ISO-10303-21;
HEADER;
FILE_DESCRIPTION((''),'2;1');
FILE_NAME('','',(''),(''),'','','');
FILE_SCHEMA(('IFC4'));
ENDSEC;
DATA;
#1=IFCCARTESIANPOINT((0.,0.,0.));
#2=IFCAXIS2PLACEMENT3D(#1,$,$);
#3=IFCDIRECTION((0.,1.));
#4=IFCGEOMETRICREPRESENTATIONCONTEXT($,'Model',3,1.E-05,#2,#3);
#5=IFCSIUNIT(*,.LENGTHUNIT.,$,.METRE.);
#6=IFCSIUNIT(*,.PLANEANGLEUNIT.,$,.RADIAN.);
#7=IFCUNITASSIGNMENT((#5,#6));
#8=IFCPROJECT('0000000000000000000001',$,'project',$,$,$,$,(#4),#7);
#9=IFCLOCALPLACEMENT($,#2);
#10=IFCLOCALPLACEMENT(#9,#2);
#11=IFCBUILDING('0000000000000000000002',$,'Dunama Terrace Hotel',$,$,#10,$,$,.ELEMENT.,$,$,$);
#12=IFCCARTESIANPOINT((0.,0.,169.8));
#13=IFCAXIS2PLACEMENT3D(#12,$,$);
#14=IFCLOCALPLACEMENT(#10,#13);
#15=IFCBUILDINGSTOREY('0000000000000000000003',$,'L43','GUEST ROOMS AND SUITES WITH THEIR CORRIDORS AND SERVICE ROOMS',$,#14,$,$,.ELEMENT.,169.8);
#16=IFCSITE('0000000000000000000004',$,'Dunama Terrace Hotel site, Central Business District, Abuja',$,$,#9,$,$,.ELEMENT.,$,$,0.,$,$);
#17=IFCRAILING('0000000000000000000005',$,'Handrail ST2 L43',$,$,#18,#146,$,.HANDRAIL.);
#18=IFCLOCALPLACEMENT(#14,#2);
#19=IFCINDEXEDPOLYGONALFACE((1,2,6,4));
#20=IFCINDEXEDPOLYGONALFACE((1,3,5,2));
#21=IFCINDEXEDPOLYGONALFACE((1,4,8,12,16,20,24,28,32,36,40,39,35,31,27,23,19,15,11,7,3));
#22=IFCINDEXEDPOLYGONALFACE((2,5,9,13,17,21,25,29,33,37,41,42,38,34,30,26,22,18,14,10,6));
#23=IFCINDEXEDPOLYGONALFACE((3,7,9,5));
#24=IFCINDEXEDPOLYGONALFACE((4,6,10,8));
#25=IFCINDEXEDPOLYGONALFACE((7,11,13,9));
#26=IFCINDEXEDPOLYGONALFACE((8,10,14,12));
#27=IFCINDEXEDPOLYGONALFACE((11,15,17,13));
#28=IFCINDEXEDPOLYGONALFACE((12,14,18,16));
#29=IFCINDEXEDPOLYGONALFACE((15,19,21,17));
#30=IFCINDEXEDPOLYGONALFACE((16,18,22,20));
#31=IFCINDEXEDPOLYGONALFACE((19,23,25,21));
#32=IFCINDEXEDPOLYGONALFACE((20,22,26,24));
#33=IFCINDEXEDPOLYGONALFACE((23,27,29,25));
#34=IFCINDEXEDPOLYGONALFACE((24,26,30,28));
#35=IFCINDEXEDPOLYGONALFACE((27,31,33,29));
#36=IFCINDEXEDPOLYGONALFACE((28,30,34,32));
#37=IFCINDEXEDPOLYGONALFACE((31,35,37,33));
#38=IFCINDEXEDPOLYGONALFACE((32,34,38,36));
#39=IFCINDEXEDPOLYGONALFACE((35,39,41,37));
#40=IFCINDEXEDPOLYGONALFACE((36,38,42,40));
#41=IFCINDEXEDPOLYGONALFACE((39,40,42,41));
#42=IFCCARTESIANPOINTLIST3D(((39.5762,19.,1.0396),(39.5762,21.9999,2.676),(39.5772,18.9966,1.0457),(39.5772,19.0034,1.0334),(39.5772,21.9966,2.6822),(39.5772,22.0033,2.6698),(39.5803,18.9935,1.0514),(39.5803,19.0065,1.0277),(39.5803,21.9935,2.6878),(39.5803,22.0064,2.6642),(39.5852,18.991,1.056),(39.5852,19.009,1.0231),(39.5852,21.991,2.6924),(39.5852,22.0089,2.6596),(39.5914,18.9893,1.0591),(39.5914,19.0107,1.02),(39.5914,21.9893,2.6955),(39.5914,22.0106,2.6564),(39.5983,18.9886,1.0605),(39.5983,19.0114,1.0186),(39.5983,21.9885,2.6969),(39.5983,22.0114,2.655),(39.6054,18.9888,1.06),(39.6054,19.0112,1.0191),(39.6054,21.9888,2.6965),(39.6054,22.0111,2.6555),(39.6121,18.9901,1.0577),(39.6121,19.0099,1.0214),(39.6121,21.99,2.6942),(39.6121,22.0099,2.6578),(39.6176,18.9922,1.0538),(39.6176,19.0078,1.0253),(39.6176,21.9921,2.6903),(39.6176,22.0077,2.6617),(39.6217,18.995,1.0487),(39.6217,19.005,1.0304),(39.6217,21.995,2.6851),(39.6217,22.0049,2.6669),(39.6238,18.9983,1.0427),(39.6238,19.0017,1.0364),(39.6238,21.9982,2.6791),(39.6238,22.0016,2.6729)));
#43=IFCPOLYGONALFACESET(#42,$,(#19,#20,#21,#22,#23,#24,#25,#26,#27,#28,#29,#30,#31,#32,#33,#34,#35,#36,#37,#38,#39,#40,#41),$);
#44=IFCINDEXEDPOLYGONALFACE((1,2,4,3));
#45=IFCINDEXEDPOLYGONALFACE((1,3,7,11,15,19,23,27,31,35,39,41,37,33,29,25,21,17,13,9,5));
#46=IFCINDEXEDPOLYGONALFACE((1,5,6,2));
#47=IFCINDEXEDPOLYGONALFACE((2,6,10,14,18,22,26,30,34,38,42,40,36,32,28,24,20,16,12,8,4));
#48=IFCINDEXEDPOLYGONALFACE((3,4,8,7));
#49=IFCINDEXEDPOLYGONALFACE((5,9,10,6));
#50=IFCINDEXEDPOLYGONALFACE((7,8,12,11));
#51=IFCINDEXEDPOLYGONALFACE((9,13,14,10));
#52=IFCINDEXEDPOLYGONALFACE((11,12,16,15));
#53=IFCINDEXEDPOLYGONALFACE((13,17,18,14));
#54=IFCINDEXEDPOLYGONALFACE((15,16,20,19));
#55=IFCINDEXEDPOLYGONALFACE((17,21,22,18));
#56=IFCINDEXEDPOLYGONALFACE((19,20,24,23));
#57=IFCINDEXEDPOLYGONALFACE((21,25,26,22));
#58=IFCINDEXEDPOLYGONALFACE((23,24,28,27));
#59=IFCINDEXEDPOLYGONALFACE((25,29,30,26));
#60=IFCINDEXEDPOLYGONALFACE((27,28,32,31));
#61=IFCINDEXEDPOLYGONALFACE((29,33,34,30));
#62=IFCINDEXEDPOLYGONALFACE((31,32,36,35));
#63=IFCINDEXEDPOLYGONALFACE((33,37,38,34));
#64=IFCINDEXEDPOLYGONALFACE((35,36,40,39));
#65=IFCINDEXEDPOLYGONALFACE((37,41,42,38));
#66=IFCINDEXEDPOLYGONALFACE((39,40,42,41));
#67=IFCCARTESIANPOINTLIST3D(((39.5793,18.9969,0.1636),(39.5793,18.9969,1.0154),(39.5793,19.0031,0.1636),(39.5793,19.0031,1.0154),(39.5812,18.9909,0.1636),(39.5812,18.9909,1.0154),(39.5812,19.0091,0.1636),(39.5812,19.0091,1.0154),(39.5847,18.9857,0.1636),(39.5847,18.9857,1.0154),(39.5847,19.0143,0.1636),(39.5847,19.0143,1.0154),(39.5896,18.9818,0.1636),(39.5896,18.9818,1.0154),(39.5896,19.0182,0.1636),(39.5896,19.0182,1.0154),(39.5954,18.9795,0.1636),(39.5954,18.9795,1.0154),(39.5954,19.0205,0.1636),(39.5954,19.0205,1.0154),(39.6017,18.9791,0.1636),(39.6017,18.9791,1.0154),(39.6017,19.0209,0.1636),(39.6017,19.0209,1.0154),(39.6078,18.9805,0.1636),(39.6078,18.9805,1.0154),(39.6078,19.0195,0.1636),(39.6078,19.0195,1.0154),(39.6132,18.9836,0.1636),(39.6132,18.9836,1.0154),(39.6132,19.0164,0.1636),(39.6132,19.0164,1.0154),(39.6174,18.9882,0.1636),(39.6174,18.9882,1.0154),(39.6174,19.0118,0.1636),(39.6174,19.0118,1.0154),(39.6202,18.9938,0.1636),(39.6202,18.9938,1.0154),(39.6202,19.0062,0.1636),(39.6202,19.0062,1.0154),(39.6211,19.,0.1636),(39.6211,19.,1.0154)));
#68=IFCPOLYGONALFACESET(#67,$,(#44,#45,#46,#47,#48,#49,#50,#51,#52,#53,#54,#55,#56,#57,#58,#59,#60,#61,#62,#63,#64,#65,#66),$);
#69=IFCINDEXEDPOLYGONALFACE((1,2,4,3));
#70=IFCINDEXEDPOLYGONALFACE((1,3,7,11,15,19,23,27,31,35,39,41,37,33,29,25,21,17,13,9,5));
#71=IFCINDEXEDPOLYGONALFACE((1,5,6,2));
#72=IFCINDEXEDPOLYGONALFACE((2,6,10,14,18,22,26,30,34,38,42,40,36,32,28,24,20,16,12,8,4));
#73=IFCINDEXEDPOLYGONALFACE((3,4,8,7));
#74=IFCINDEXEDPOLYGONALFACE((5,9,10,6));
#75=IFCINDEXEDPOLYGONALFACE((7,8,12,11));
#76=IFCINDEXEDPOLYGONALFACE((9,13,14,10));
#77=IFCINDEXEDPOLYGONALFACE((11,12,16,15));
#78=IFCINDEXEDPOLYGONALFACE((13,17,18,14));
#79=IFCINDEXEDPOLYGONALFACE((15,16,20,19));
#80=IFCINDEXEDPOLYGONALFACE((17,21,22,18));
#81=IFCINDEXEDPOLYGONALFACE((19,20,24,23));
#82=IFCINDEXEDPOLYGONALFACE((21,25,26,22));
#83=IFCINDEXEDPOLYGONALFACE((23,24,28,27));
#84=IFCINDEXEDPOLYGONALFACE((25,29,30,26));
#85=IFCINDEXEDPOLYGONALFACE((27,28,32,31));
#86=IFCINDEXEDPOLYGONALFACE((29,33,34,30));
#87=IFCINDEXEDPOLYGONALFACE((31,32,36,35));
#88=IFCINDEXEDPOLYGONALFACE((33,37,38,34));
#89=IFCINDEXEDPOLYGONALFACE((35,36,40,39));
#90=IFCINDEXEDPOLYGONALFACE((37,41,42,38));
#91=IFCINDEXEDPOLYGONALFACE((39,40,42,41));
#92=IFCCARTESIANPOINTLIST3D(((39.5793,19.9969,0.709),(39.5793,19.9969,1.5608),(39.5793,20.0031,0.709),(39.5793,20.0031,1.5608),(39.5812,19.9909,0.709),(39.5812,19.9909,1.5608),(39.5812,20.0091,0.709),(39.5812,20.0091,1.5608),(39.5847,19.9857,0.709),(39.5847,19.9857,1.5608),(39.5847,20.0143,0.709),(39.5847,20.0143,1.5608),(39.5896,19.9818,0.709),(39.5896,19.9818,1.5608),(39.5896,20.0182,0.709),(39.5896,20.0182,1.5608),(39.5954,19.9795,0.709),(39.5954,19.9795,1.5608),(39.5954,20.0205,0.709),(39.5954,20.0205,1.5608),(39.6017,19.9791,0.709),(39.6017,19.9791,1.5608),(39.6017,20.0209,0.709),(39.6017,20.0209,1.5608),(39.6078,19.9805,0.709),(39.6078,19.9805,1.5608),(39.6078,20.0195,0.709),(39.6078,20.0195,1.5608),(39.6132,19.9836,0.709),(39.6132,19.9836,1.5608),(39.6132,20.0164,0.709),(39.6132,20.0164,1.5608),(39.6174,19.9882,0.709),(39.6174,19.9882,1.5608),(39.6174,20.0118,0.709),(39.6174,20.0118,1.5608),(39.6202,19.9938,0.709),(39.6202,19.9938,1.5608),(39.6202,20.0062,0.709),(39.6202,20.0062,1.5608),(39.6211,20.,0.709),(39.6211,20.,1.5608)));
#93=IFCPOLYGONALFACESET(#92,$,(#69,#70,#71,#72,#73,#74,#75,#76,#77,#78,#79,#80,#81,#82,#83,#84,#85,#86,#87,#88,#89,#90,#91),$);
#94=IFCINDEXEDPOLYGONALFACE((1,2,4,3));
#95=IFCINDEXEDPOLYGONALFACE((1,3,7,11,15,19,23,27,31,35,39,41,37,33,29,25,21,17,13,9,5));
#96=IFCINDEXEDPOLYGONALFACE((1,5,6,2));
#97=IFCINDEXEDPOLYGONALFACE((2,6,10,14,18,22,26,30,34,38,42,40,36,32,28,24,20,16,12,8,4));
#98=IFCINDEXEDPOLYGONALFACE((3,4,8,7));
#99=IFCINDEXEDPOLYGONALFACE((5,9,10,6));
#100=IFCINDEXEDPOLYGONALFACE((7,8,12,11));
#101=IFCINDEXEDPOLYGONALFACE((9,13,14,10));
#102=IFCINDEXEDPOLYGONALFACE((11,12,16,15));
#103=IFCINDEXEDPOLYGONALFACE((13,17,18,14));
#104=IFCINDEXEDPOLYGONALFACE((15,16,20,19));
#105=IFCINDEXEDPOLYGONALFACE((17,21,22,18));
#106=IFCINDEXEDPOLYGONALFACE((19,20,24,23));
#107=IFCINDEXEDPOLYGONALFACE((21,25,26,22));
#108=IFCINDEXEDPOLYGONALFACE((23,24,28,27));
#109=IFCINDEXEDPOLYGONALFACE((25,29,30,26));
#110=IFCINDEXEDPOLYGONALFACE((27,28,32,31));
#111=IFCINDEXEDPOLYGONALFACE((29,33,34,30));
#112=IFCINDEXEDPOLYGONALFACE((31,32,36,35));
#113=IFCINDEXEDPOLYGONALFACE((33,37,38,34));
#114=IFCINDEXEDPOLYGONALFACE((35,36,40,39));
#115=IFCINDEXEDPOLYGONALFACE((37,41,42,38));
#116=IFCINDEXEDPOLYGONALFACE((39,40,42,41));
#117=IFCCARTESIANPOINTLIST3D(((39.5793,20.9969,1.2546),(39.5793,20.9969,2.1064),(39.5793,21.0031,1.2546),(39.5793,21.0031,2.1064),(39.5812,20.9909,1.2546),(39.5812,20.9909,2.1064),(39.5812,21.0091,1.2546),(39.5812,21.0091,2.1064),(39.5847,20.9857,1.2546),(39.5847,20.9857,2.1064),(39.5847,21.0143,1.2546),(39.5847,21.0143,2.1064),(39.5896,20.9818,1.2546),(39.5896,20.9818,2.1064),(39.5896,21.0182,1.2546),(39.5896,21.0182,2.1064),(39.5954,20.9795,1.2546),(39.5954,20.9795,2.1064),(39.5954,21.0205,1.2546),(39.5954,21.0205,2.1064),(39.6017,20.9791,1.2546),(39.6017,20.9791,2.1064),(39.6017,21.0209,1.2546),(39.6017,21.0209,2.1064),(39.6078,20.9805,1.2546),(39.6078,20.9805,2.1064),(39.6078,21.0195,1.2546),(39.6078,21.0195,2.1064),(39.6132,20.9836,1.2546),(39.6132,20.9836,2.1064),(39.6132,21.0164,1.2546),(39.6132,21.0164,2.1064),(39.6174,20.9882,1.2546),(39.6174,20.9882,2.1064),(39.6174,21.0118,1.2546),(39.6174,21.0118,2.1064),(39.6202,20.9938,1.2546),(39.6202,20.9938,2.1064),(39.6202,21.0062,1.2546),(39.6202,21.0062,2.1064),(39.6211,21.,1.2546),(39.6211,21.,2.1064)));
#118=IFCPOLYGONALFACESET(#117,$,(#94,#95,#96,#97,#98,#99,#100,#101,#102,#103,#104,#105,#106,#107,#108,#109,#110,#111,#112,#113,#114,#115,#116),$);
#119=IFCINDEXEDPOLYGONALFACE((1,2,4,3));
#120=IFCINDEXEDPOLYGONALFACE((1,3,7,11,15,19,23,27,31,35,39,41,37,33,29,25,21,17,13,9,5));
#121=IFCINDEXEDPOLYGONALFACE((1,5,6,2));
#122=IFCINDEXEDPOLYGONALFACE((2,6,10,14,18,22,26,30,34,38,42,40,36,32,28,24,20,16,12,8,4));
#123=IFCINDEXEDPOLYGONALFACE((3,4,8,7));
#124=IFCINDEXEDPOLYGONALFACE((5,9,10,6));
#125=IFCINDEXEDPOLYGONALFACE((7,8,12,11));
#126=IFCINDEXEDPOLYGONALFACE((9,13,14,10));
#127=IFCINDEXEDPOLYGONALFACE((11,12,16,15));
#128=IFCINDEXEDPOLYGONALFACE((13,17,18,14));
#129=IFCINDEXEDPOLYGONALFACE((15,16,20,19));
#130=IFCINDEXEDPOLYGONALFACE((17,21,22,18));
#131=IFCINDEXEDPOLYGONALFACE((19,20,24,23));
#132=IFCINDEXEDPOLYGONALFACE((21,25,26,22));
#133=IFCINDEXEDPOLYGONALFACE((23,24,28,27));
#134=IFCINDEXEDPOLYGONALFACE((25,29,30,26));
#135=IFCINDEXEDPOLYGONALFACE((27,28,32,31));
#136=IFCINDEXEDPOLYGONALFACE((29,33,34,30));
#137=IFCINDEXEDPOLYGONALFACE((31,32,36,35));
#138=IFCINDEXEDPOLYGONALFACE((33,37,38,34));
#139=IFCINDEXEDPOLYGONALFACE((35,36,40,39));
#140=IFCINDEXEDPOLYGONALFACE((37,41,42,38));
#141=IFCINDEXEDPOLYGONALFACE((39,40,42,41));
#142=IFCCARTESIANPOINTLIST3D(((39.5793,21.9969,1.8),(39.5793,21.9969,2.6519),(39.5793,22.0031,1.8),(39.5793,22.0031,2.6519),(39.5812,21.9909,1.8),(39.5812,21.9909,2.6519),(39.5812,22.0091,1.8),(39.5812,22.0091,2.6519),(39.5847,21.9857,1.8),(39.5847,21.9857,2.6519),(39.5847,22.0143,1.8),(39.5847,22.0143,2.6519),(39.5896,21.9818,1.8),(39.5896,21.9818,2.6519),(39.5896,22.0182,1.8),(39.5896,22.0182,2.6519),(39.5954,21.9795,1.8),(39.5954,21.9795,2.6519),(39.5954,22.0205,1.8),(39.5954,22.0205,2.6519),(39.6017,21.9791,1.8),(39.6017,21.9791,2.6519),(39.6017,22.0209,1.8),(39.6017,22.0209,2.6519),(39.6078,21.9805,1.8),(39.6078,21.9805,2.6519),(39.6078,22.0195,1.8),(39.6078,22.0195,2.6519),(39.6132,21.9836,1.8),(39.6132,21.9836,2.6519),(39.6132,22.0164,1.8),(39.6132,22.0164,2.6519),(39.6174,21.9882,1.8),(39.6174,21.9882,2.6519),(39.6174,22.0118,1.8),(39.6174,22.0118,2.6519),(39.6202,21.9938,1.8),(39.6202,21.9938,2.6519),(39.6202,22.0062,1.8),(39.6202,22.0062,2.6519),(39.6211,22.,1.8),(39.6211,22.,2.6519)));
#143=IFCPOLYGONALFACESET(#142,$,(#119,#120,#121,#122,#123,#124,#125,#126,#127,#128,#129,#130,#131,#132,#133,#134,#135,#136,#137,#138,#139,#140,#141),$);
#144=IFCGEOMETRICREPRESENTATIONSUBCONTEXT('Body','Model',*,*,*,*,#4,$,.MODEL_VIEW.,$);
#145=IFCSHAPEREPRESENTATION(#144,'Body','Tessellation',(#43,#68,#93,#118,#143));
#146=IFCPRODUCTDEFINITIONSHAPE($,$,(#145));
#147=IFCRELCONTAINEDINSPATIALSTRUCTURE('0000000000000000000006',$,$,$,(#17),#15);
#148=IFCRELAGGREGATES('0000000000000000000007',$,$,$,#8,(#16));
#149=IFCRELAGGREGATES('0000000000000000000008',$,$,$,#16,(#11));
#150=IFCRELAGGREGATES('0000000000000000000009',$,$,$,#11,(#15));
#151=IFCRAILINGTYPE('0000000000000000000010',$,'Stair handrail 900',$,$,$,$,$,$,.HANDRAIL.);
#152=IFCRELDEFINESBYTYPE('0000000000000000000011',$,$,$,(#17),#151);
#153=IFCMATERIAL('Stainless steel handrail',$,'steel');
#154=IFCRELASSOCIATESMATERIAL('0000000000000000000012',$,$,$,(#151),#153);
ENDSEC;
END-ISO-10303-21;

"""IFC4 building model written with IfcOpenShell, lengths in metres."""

from ifc_helpers import new_model, si_unit, direction, frame, origin, origin_2d, place, context, subcontext, project, spatial, circle, extrude, material, type_object, element, save


model = new_model("IFC4")

# Units and contexts
model_context = context("Model", 3, precision=1e-05, world=origin(), true_north=direction((0.0, 1.0)))
body_context = subcontext(model_context, "Body", "Model", "MODEL_VIEW")
ifc_project = project(units=[si_unit("LENGTHUNIT", "METRE"), si_unit("PLANEANGLEUNIT", "RADIAN")], contexts=[model_context])

# Site, building, storey
site_placement = place(None, origin())
site = spatial("IfcSite", under=ifc_project, at=site_placement, Name="Dunama Terrace Hotel site, Central Business District, Abuja", CompositionType="ELEMENT", RefElevation=0.0)
building_placement = place(site_placement, origin())
building = spatial("IfcBuilding", under=site, at=building_placement, Name="Dunama Terrace Hotel", CompositionType="ELEMENT")
storey_placement = place(building_placement, frame((0.0, 0.0, 169.8)))
storey = spatial("IfcBuildingStorey", under=building, at=storey_placement, Name="L43", Description="GUEST ROOMS AND SUITES WITH THEIR CORRIDORS AND SERVICE ROOMS", CompositionType="ELEMENT", Elevation=169.8)

# Railing
ifc_material_1 = material(Name="Stainless steel handrail", Category="steel")
railing_type_1 = type_object("IfcRailingType", Name="Stair handrail 900", PredefinedType="HANDRAIL", material=ifc_material_1)
railing_1_placement = place(storey_placement, frame((39.6001, 19.0, 0.1636)))
element("IfcRailing", 1, at=railing_1_placement, inside=storey, type_object=railing_type_1, Name="Handrail ST2 L43", PredefinedType="HANDRAIL", context=body_context, shape_type="SweptSolid", body=[
    extrude(circle(Radius=0.0239, at=origin_2d()), frame((0.0, 0.0, 0.876), z_axis=(0.0, 0.877882, 0.478877), x_axis=(-1.0, 0.0, 0.0)), (0.0, 0.0, 1.0), 3.4172),
    extrude(circle(Radius=0.021, at=origin_2d()), origin(), (0.0, 0.0, 1.0), 0.8518),
    extrude(circle(Radius=0.021, at=origin_2d()), frame((0.0, 1.0, 0.5454)), (0.0, 0.0, 1.0), 0.8518),
    extrude(circle(Radius=0.021, at=origin_2d()), frame((0.0, 2.0, 1.0911)), (0.0, 0.0, 1.0), 0.8518),
    extrude(circle(Radius=0.021, at=origin_2d()), frame((0.0, 3.0, 1.6365)), (0.0, 0.0, 1.0), 0.8518),
])

save(model, "model.ifc")
